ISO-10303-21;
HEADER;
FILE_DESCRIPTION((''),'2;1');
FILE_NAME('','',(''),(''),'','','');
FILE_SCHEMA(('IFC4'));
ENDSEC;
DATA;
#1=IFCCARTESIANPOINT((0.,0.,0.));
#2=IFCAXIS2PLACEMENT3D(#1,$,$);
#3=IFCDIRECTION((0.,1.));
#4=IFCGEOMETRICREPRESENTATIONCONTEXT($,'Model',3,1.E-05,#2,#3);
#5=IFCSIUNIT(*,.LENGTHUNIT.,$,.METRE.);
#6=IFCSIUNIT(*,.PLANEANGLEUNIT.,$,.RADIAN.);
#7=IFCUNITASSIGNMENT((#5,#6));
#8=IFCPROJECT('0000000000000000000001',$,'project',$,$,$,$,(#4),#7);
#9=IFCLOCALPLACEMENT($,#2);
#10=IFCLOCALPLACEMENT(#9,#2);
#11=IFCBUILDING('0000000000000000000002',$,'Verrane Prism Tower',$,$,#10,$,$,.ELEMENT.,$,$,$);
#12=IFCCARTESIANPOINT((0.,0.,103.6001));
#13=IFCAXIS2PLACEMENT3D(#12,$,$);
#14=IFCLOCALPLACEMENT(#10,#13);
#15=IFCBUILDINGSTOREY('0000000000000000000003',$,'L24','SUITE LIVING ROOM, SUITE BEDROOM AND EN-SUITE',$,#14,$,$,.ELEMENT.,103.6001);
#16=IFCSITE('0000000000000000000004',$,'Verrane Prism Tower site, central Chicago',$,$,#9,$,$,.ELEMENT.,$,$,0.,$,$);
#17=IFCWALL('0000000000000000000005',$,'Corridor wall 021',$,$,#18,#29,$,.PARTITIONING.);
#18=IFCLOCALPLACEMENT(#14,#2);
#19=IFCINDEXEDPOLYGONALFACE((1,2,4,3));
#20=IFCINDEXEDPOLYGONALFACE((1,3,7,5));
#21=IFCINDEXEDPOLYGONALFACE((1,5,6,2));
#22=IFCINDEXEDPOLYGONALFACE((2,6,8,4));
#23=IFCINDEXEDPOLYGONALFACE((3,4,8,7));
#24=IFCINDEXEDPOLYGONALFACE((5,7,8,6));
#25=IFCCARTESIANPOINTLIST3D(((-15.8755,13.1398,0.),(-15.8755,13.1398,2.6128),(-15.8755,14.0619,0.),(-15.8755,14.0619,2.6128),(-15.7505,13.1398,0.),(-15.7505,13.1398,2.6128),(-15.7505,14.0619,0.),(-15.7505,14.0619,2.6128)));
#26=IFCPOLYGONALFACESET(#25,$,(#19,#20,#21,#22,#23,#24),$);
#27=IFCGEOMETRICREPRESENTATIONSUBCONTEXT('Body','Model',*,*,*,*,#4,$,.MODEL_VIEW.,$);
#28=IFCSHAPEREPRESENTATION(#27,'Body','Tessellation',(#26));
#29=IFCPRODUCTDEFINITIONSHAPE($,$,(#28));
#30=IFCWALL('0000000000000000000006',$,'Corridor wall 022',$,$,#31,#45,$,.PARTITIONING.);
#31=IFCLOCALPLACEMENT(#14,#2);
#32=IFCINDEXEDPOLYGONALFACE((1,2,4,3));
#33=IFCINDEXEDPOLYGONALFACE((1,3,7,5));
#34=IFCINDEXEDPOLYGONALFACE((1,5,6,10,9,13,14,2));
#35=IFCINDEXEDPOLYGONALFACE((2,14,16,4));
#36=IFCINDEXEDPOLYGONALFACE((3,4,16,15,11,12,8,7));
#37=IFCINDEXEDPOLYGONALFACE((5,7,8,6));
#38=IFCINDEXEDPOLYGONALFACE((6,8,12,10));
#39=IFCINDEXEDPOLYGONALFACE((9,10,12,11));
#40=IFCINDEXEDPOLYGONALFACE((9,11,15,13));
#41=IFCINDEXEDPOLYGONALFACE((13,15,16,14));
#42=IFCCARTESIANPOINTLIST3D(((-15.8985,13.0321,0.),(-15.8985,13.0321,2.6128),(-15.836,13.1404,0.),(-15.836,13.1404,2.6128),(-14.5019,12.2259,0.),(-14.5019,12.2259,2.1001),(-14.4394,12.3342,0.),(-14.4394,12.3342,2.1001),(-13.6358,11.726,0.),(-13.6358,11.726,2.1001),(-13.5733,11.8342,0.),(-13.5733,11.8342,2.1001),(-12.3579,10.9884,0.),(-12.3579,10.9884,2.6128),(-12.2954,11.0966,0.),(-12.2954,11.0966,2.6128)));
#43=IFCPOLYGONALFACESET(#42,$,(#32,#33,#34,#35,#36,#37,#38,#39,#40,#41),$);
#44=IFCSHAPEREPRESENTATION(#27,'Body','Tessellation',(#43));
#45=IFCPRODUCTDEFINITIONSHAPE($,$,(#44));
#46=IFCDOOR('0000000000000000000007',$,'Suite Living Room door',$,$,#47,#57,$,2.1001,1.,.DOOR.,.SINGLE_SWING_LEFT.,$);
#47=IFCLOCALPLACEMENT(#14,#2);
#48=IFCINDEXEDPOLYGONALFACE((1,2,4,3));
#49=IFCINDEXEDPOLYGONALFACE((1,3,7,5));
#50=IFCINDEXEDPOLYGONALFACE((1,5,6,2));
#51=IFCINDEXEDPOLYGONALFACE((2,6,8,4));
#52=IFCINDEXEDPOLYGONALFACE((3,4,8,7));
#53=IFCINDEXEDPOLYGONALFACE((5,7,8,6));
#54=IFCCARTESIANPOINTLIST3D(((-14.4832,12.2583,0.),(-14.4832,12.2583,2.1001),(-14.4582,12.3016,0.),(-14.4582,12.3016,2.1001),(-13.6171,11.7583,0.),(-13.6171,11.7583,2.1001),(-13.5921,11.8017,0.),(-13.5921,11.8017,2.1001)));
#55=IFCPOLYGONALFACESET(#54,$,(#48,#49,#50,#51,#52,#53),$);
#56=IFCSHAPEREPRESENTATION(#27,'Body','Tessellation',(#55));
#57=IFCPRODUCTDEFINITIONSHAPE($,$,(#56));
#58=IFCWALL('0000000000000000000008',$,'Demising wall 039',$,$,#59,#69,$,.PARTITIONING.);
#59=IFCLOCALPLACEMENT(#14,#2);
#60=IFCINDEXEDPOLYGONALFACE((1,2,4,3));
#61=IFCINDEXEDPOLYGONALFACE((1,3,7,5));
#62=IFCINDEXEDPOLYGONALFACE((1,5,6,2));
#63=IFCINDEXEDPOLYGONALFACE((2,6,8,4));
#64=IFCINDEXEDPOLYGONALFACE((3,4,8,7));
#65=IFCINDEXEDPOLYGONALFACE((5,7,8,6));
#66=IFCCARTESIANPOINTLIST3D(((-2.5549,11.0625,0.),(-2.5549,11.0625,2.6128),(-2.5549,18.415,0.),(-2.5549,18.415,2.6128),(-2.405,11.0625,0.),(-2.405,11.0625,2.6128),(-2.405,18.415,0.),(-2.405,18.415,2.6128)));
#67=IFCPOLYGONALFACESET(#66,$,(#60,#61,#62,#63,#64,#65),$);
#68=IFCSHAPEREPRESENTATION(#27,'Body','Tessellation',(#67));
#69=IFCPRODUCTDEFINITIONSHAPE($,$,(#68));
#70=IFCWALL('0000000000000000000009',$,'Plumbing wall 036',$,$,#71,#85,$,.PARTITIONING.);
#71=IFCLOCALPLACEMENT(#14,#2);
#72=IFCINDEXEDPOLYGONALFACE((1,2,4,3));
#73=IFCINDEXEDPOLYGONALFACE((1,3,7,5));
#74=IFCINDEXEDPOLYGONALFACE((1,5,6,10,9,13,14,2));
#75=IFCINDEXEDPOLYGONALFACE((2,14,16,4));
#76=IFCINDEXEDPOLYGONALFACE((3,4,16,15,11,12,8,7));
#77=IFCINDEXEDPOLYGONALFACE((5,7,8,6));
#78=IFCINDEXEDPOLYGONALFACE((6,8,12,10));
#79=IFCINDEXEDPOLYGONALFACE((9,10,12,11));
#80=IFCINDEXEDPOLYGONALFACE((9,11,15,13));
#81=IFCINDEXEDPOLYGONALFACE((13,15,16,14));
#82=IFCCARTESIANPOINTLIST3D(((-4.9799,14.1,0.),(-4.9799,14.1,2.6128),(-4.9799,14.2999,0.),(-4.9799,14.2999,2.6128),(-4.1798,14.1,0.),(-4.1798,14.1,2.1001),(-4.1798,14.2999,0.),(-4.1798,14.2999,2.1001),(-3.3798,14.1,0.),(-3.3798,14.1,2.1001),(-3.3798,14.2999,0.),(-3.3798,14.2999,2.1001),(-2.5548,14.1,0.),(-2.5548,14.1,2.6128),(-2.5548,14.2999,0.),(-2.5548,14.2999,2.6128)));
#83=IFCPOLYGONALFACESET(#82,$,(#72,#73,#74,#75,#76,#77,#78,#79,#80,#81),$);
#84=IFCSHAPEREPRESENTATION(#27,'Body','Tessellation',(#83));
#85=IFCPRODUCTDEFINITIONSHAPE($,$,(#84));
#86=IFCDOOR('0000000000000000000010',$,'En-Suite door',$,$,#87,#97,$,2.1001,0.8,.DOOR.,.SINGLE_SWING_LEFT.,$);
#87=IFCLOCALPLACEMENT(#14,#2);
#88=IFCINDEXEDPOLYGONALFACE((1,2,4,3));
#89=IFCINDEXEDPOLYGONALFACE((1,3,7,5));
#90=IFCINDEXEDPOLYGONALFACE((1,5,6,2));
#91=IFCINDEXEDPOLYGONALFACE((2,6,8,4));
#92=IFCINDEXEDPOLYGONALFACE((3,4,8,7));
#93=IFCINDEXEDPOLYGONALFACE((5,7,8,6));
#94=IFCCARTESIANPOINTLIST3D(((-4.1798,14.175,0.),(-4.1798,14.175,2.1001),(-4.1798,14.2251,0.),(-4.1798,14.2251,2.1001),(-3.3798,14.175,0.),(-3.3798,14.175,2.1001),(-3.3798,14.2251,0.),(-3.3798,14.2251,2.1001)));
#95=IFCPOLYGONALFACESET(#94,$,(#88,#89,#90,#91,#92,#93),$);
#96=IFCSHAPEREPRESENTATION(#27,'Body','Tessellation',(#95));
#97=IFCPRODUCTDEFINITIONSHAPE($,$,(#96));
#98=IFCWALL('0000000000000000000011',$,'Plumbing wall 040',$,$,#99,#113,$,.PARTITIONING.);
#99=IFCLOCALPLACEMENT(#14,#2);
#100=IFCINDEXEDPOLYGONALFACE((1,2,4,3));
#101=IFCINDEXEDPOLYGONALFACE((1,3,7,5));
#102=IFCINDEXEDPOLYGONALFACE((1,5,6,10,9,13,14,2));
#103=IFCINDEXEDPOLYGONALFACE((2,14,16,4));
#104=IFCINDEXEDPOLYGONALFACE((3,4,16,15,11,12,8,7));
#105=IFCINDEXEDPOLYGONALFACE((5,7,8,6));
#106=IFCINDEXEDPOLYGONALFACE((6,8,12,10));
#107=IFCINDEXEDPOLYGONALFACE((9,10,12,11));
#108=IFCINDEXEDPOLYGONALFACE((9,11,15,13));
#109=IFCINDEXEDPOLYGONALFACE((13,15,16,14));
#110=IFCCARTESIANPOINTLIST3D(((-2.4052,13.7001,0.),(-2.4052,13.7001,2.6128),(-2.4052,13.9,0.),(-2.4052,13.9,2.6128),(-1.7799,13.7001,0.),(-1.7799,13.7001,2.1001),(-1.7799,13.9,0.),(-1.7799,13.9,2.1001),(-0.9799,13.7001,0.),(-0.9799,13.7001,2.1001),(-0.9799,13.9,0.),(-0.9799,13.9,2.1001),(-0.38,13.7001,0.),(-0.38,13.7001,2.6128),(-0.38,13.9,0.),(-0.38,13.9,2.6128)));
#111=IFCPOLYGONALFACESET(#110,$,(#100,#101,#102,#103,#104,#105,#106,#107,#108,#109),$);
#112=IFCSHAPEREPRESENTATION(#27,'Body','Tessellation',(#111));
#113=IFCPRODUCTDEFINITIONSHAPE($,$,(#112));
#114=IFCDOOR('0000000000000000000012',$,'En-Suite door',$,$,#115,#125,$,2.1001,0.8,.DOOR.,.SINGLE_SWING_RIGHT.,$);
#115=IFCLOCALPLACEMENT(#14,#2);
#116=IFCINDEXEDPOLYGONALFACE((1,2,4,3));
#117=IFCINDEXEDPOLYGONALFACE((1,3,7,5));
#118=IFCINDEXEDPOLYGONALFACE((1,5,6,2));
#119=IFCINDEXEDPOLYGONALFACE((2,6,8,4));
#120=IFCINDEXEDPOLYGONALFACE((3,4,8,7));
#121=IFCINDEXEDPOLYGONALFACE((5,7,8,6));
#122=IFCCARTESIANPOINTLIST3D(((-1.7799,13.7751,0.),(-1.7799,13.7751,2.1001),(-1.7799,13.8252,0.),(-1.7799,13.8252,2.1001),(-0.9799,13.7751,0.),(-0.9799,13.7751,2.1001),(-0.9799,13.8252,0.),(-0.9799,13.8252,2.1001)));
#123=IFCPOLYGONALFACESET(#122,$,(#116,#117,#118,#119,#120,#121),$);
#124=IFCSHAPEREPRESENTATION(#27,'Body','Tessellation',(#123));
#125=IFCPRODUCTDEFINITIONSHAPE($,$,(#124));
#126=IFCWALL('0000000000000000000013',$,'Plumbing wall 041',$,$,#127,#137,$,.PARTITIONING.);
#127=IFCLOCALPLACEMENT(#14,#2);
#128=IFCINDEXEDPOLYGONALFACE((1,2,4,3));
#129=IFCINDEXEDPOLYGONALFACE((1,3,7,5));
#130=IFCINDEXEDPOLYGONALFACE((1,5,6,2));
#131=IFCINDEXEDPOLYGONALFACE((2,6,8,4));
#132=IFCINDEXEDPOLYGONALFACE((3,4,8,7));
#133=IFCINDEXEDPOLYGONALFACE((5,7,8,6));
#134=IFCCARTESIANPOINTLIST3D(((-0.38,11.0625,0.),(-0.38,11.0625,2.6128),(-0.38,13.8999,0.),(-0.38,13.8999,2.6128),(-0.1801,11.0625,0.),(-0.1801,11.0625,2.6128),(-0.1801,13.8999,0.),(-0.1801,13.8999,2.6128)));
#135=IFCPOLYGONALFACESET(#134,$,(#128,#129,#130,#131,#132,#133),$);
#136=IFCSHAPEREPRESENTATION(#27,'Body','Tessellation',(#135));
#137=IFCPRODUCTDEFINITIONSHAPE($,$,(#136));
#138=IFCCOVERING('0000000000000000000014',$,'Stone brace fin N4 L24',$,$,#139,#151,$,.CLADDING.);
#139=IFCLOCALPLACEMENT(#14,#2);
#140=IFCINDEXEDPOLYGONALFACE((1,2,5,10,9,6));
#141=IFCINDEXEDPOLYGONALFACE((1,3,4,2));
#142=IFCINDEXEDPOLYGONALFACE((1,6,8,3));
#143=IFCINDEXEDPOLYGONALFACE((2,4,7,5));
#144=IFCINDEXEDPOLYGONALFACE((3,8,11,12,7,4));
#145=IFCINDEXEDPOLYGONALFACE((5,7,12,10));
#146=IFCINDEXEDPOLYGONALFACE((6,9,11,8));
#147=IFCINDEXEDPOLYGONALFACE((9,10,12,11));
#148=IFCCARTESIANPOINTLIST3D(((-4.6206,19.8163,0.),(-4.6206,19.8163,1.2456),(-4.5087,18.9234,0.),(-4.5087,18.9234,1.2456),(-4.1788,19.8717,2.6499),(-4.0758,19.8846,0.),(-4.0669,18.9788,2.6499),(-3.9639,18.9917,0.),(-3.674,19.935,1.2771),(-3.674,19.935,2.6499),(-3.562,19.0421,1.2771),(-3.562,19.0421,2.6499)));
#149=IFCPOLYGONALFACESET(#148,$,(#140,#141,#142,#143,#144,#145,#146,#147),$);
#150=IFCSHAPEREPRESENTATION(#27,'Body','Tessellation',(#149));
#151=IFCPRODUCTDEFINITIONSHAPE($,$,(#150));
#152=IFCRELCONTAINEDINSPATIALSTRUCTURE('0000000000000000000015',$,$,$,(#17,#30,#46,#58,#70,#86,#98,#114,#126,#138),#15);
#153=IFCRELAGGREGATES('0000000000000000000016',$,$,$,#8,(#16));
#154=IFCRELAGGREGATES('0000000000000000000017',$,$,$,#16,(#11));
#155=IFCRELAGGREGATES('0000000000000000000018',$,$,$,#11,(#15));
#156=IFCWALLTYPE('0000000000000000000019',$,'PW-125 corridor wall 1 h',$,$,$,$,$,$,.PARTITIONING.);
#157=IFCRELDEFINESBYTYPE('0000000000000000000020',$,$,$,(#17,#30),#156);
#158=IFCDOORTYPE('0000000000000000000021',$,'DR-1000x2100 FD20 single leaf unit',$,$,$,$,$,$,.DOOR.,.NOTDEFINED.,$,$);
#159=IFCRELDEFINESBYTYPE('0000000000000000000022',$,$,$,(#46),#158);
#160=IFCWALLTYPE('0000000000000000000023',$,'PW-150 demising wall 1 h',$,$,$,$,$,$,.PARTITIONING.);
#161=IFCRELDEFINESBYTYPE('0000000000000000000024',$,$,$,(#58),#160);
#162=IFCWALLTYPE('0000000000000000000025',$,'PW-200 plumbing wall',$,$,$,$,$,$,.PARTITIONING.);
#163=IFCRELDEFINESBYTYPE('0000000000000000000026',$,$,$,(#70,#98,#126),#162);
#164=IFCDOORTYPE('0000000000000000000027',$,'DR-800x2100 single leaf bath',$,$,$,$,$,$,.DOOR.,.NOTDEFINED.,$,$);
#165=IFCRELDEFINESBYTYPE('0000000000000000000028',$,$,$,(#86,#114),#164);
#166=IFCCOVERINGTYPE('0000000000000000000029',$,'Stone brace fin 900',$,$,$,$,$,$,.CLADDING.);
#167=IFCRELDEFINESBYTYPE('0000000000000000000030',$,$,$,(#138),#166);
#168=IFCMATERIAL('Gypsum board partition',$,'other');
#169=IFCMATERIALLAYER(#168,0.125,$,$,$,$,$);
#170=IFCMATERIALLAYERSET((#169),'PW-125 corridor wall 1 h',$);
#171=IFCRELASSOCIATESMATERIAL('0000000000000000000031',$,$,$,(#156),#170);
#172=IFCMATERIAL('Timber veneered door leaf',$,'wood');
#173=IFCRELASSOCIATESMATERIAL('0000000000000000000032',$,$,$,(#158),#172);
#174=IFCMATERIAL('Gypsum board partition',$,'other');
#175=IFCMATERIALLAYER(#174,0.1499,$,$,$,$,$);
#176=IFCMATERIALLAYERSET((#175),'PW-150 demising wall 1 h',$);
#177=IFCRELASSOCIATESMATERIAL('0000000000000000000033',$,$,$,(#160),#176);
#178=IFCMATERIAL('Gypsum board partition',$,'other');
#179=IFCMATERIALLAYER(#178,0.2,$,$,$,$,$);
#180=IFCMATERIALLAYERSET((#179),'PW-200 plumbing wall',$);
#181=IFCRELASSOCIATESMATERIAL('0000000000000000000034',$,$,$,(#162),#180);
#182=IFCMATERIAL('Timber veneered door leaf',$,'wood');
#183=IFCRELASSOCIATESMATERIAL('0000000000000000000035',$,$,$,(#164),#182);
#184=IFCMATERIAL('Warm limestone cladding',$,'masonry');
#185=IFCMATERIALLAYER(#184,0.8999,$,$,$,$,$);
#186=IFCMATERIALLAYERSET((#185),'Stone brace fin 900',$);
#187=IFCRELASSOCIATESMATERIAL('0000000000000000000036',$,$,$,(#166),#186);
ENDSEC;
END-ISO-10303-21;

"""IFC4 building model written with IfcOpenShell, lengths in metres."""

from ifc_helpers import new_model, si_unit, direction, frame, frame_2d, origin, place, context, subcontext, project, spatial, polyline, rectangle, outline, extrude, material, layer, layer_set, type_object, element, fill, save


model = new_model("IFC4")

# Units and contexts
model_context = context("Model", 3, precision=1e-05, world=origin(), true_north=direction((0.0, 1.0)))
body_context = subcontext(model_context, "Body", "Model", "MODEL_VIEW")
ifc_project = project(units=[si_unit("LENGTHUNIT", "METRE"), si_unit("PLANEANGLEUNIT", "RADIAN")], contexts=[model_context])

# Site, building, storey
site_placement = place(None, origin())
site = spatial("IfcSite", under=ifc_project, at=site_placement, Name="Verrane Prism Tower site, central Chicago", CompositionType="ELEMENT", RefElevation=0.0)
building_placement = place(site_placement, origin())
building = spatial("IfcBuilding", under=site, at=building_placement, Name="Verrane Prism Tower", CompositionType="ELEMENT")
storey_placement = place(building_placement, frame((0.0, 0.0, 103.6001)))
storey = spatial("IfcBuildingStorey", under=building, at=storey_placement, Name="L24", Description="SUITE LIVING ROOM, SUITE BEDROOM AND EN-SUITE", CompositionType="ELEMENT", Elevation=103.6001)

# Wall
ifc_material_1 = material(Name="Gypsum board partition", Category="other")
ifc_layer_1 = layer(ifc_material_1, 0.125)
ifc_layer_set_1 = layer_set([ifc_layer_1], Name="PW-125 corridor wall 1 h")
wall_type_1 = type_object("IfcWallType", Name="PW-125 corridor wall 1 h", PredefinedType="PARTITIONING", material=ifc_layer_set_1)
wall_1_placement = place(storey_placement, frame((-15.813, 13.1399, 0.0), z_axis=(0.0, 0.0, 1.0), x_axis=(0.0, 1.0, 0.0)))
element("IfcWall", 1, at=wall_1_placement, inside=storey, type_object=wall_type_1, Name="Corridor wall 021", PredefinedType="PARTITIONING", context=body_context, shape_type="SweptSolid", body=[
    extrude(rectangle(XDim=0.9221, YDim=0.125, at=frame_2d((0.4609, 0.0))), origin(), (0.0, 0.0, 1.0), 2.6128),
])

# Wall, opening, door
wall_2_placement = place(storey_placement, frame((-15.8672, 13.0862, 0.0), z_axis=(0.0, 0.0, 1.0), x_axis=(0.86607, -0.499922, 0.0)))
wall_2 = element("IfcWall", 2, at=wall_2_placement, inside=storey, type_object=wall_type_1, Name="Corridor wall 022", PredefinedType="PARTITIONING", context=body_context, shape_type="SweptSolid", body=[
    extrude(rectangle(XDim=4.0881, YDim=0.125, at=frame_2d((2.0439, 0.0))), origin(), (0.0, 0.0, 1.0), 2.6128),
])
opening_1_placement = place(wall_2_placement, frame((1.6125, 0.0, 0.0)))
opening_1 = element("IfcOpeningElement", 3, at=opening_1_placement, cuts=wall_2, PredefinedType="OPENING", context=body_context, shape_type="SweptSolid", body=[
    extrude(rectangle(XDim=1.0, YDim=2.1001, at=frame_2d((0.5, 1.05))), frame((0.0, 0.0725, 0.0), z_axis=(0.0, -1.0, 0.0), x_axis=(1.0, 0.0, 0.0)), (0.0, 0.0, 1.0), 0.145),
])
ifc_material_2 = material(Name="Timber veneered door leaf", Category="wood")
door_type_1 = type_object("IfcDoorType", Name="DR-1000x2100 FD20 single leaf unit", OperationType="NOTDEFINED", PredefinedType="DOOR", material=ifc_material_2)
door_1_placement = place(opening_1_placement, origin())
door_1 = element("IfcDoor", 4, at=door_1_placement, inside=storey, type_object=door_type_1, Name="Suite Living Room door", OperationType="SINGLE_SWING_LEFT", OverallHeight=2.1001, OverallWidth=1.0, PredefinedType="DOOR", context=body_context, shape_type="SweptSolid", body=[
    extrude(rectangle(XDim=1.0, YDim=2.1001, at=frame_2d((0.5, 1.05))), frame((0.0, 0.0249, 0.0), z_axis=(0.0, -1.0, 0.0), x_axis=(1.0, 0.0, 0.0)), (0.0, 0.0, 1.0), 0.05),
])
fill(opening_1, door_1)

# Wall
ifc_material_3 = material(Name="Gypsum board partition", Category="other")
ifc_layer_2 = layer(ifc_material_3, 0.1499)
ifc_layer_set_2 = layer_set([ifc_layer_2], Name="PW-150 demising wall 1 h")
wall_type_2 = type_object("IfcWallType", Name="PW-150 demising wall 1 h", PredefinedType="PARTITIONING", material=ifc_layer_set_2)
wall_3_placement = place(storey_placement, frame((-2.48, 11.0625, 0.0), z_axis=(0.0, 0.0, 1.0), x_axis=(0.0, 1.0, 0.0)))
element("IfcWall", 5, at=wall_3_placement, inside=storey, type_object=wall_type_2, Name="Demising wall 039", PredefinedType="PARTITIONING", context=body_context, shape_type="SweptSolid", body=[
    extrude(rectangle(XDim=7.3525, YDim=0.1499, at=frame_2d((3.6763, 0.0))), origin(), (0.0, 0.0, 1.0), 2.6128),
])

# Walls, openings, doors
ifc_material_4 = material(Name="Gypsum board partition", Category="other")
ifc_layer_3 = layer(ifc_material_4, 0.2)
ifc_layer_set_3 = layer_set([ifc_layer_3], Name="PW-200 plumbing wall")
wall_type_3 = type_object("IfcWallType", Name="PW-200 plumbing wall", PredefinedType="PARTITIONING", material=ifc_layer_set_3)
wall_4_placement = place(storey_placement, frame((-2.5549, 14.2, 0.0), z_axis=(0.0, 0.0, 1.0), x_axis=(-1.0, 0.0, 0.0)))
wall_4 = element("IfcWall", 6, at=wall_4_placement, inside=storey, type_object=wall_type_3, Name="Plumbing wall 036", PredefinedType="PARTITIONING", context=body_context, shape_type="SweptSolid", body=[
    extrude(rectangle(XDim=2.425, YDim=0.2, at=frame_2d((1.2124, 0.0))), origin(), (0.0, 0.0, 1.0), 2.6128),
])
opening_2_placement = place(wall_4_placement, frame((0.825, 0.0, 0.0)))
opening_2 = element("IfcOpeningElement", 7, at=opening_2_placement, cuts=wall_4, PredefinedType="OPENING", context=body_context, shape_type="SweptSolid", body=[
    extrude(rectangle(XDim=0.8, YDim=2.1001, at=frame_2d((0.3999, 1.05))), frame((0.0, 0.1099, 0.0), z_axis=(0.0, -1.0, 0.0), x_axis=(1.0, 0.0, 0.0)), (0.0, 0.0, 1.0), 0.22),
])
ifc_material_5 = material(Name="Timber veneered door leaf", Category="wood")
door_type_2 = type_object("IfcDoorType", Name="DR-800x2100 single leaf bath", OperationType="NOTDEFINED", PredefinedType="DOOR", material=ifc_material_5)
door_2_placement = place(opening_2_placement, origin())
door_2 = element("IfcDoor", 8, at=door_2_placement, inside=storey, type_object=door_type_2, Name="En-Suite door", OperationType="SINGLE_SWING_LEFT", OverallHeight=2.1001, OverallWidth=0.8, PredefinedType="DOOR", context=body_context, shape_type="SweptSolid", body=[
    extrude(rectangle(XDim=0.8, YDim=2.1001, at=frame_2d((0.3999, 1.05))), frame((0.0, 0.0249, 0.0), z_axis=(0.0, -1.0, 0.0), x_axis=(1.0, 0.0, 0.0)), (0.0, 0.0, 1.0), 0.05),
])
fill(opening_2, door_2)
wall_5_placement = place(storey_placement, frame((-0.3799, 13.8, 0.0), z_axis=(0.0, 0.0, 1.0), x_axis=(-1.0, 0.0, 0.0)))
wall_5 = element("IfcWall", 9, at=wall_5_placement, inside=storey, type_object=wall_type_3, Name="Plumbing wall 040", PredefinedType="PARTITIONING", context=body_context, shape_type="SweptSolid", body=[
    extrude(rectangle(XDim=2.0251, YDim=0.2, at=frame_2d((1.0127, 0.0))), origin(), (0.0, 0.0, 1.0), 2.6128),
])
opening_3_placement = place(wall_5_placement, frame((0.6001, 0.0, 0.0)))
opening_3 = element("IfcOpeningElement", 10, at=opening_3_placement, cuts=wall_5, PredefinedType="OPENING", context=body_context, shape_type="SweptSolid", body=[
    extrude(rectangle(XDim=0.8, YDim=2.1001, at=frame_2d((0.3999, 1.05))), frame((0.0, 0.1099, 0.0), z_axis=(0.0, -1.0, 0.0), x_axis=(1.0, 0.0, 0.0)), (0.0, 0.0, 1.0), 0.22),
])
door_3_placement = place(opening_3_placement, origin())
door_3 = element("IfcDoor", 11, at=door_3_placement, inside=storey, type_object=door_type_2, Name="En-Suite door", OperationType="SINGLE_SWING_RIGHT", OverallHeight=2.1001, OverallWidth=0.8, PredefinedType="DOOR", context=body_context, shape_type="SweptSolid", body=[
    extrude(rectangle(XDim=0.8, YDim=2.1001, at=frame_2d((0.3999, 1.05))), frame((0.0, 0.0249, 0.0), z_axis=(0.0, -1.0, 0.0), x_axis=(1.0, 0.0, 0.0)), (0.0, 0.0, 1.0), 0.05),
])
fill(opening_3, door_3)

# Wall
wall_6_placement = place(storey_placement, frame((-0.28, 11.0625, 0.0), z_axis=(0.0, 0.0, 1.0), x_axis=(0.0, 1.0, 0.0)))
element("IfcWall", 12, at=wall_6_placement, inside=storey, type_object=wall_type_3, Name="Plumbing wall 041", PredefinedType="PARTITIONING", context=body_context, shape_type="SweptSolid", body=[
    extrude(rectangle(XDim=2.8374, YDim=0.2, at=frame_2d((1.4187, 0.0))), origin(), (0.0, 0.0, 1.0), 2.6128),
])

# Covering
ifc_material_6 = material(Name="Warm limestone cladding", Category="masonry")
ifc_layer_4 = layer(ifc_material_6, 0.8999)
ifc_layer_set_4 = layer_set([ifc_layer_4], Name="Stone brace fin 900")
covering_type = type_object("IfcCoveringType", Name="Stone brace fin 900", PredefinedType="CLADDING", material=ifc_layer_set_4)
covering_placement = place(storey_placement, frame((-4.5647, 19.3699, 0.0), z_axis=(0.0, 0.0, 1.0), x_axis=(0.992238, 0.12435, 0.0)))
element("IfcCovering", 13, at=covering_placement, inside=storey, type_object=covering_type, Name="Stone brace fin N4 L24", PredefinedType="CLADDING", context=body_context, shape_type="SweptSolid", body=[
    extrude(outline(polyline([(0.9541, 2.6499), (0.4453, 2.6499), (0.0, 1.2456), (0.0, 0.0), (0.5491, 0.0), (0.9541, 1.2771), (0.9541, 2.6499)])), frame((0.0, 0.45, 0.0), z_axis=(0.0, -1.0, 0.0), x_axis=(1.0, 0.0, 0.0)), (0.0, 0.0, 1.0), 0.8999),
])

save(model, "model.ifc")
